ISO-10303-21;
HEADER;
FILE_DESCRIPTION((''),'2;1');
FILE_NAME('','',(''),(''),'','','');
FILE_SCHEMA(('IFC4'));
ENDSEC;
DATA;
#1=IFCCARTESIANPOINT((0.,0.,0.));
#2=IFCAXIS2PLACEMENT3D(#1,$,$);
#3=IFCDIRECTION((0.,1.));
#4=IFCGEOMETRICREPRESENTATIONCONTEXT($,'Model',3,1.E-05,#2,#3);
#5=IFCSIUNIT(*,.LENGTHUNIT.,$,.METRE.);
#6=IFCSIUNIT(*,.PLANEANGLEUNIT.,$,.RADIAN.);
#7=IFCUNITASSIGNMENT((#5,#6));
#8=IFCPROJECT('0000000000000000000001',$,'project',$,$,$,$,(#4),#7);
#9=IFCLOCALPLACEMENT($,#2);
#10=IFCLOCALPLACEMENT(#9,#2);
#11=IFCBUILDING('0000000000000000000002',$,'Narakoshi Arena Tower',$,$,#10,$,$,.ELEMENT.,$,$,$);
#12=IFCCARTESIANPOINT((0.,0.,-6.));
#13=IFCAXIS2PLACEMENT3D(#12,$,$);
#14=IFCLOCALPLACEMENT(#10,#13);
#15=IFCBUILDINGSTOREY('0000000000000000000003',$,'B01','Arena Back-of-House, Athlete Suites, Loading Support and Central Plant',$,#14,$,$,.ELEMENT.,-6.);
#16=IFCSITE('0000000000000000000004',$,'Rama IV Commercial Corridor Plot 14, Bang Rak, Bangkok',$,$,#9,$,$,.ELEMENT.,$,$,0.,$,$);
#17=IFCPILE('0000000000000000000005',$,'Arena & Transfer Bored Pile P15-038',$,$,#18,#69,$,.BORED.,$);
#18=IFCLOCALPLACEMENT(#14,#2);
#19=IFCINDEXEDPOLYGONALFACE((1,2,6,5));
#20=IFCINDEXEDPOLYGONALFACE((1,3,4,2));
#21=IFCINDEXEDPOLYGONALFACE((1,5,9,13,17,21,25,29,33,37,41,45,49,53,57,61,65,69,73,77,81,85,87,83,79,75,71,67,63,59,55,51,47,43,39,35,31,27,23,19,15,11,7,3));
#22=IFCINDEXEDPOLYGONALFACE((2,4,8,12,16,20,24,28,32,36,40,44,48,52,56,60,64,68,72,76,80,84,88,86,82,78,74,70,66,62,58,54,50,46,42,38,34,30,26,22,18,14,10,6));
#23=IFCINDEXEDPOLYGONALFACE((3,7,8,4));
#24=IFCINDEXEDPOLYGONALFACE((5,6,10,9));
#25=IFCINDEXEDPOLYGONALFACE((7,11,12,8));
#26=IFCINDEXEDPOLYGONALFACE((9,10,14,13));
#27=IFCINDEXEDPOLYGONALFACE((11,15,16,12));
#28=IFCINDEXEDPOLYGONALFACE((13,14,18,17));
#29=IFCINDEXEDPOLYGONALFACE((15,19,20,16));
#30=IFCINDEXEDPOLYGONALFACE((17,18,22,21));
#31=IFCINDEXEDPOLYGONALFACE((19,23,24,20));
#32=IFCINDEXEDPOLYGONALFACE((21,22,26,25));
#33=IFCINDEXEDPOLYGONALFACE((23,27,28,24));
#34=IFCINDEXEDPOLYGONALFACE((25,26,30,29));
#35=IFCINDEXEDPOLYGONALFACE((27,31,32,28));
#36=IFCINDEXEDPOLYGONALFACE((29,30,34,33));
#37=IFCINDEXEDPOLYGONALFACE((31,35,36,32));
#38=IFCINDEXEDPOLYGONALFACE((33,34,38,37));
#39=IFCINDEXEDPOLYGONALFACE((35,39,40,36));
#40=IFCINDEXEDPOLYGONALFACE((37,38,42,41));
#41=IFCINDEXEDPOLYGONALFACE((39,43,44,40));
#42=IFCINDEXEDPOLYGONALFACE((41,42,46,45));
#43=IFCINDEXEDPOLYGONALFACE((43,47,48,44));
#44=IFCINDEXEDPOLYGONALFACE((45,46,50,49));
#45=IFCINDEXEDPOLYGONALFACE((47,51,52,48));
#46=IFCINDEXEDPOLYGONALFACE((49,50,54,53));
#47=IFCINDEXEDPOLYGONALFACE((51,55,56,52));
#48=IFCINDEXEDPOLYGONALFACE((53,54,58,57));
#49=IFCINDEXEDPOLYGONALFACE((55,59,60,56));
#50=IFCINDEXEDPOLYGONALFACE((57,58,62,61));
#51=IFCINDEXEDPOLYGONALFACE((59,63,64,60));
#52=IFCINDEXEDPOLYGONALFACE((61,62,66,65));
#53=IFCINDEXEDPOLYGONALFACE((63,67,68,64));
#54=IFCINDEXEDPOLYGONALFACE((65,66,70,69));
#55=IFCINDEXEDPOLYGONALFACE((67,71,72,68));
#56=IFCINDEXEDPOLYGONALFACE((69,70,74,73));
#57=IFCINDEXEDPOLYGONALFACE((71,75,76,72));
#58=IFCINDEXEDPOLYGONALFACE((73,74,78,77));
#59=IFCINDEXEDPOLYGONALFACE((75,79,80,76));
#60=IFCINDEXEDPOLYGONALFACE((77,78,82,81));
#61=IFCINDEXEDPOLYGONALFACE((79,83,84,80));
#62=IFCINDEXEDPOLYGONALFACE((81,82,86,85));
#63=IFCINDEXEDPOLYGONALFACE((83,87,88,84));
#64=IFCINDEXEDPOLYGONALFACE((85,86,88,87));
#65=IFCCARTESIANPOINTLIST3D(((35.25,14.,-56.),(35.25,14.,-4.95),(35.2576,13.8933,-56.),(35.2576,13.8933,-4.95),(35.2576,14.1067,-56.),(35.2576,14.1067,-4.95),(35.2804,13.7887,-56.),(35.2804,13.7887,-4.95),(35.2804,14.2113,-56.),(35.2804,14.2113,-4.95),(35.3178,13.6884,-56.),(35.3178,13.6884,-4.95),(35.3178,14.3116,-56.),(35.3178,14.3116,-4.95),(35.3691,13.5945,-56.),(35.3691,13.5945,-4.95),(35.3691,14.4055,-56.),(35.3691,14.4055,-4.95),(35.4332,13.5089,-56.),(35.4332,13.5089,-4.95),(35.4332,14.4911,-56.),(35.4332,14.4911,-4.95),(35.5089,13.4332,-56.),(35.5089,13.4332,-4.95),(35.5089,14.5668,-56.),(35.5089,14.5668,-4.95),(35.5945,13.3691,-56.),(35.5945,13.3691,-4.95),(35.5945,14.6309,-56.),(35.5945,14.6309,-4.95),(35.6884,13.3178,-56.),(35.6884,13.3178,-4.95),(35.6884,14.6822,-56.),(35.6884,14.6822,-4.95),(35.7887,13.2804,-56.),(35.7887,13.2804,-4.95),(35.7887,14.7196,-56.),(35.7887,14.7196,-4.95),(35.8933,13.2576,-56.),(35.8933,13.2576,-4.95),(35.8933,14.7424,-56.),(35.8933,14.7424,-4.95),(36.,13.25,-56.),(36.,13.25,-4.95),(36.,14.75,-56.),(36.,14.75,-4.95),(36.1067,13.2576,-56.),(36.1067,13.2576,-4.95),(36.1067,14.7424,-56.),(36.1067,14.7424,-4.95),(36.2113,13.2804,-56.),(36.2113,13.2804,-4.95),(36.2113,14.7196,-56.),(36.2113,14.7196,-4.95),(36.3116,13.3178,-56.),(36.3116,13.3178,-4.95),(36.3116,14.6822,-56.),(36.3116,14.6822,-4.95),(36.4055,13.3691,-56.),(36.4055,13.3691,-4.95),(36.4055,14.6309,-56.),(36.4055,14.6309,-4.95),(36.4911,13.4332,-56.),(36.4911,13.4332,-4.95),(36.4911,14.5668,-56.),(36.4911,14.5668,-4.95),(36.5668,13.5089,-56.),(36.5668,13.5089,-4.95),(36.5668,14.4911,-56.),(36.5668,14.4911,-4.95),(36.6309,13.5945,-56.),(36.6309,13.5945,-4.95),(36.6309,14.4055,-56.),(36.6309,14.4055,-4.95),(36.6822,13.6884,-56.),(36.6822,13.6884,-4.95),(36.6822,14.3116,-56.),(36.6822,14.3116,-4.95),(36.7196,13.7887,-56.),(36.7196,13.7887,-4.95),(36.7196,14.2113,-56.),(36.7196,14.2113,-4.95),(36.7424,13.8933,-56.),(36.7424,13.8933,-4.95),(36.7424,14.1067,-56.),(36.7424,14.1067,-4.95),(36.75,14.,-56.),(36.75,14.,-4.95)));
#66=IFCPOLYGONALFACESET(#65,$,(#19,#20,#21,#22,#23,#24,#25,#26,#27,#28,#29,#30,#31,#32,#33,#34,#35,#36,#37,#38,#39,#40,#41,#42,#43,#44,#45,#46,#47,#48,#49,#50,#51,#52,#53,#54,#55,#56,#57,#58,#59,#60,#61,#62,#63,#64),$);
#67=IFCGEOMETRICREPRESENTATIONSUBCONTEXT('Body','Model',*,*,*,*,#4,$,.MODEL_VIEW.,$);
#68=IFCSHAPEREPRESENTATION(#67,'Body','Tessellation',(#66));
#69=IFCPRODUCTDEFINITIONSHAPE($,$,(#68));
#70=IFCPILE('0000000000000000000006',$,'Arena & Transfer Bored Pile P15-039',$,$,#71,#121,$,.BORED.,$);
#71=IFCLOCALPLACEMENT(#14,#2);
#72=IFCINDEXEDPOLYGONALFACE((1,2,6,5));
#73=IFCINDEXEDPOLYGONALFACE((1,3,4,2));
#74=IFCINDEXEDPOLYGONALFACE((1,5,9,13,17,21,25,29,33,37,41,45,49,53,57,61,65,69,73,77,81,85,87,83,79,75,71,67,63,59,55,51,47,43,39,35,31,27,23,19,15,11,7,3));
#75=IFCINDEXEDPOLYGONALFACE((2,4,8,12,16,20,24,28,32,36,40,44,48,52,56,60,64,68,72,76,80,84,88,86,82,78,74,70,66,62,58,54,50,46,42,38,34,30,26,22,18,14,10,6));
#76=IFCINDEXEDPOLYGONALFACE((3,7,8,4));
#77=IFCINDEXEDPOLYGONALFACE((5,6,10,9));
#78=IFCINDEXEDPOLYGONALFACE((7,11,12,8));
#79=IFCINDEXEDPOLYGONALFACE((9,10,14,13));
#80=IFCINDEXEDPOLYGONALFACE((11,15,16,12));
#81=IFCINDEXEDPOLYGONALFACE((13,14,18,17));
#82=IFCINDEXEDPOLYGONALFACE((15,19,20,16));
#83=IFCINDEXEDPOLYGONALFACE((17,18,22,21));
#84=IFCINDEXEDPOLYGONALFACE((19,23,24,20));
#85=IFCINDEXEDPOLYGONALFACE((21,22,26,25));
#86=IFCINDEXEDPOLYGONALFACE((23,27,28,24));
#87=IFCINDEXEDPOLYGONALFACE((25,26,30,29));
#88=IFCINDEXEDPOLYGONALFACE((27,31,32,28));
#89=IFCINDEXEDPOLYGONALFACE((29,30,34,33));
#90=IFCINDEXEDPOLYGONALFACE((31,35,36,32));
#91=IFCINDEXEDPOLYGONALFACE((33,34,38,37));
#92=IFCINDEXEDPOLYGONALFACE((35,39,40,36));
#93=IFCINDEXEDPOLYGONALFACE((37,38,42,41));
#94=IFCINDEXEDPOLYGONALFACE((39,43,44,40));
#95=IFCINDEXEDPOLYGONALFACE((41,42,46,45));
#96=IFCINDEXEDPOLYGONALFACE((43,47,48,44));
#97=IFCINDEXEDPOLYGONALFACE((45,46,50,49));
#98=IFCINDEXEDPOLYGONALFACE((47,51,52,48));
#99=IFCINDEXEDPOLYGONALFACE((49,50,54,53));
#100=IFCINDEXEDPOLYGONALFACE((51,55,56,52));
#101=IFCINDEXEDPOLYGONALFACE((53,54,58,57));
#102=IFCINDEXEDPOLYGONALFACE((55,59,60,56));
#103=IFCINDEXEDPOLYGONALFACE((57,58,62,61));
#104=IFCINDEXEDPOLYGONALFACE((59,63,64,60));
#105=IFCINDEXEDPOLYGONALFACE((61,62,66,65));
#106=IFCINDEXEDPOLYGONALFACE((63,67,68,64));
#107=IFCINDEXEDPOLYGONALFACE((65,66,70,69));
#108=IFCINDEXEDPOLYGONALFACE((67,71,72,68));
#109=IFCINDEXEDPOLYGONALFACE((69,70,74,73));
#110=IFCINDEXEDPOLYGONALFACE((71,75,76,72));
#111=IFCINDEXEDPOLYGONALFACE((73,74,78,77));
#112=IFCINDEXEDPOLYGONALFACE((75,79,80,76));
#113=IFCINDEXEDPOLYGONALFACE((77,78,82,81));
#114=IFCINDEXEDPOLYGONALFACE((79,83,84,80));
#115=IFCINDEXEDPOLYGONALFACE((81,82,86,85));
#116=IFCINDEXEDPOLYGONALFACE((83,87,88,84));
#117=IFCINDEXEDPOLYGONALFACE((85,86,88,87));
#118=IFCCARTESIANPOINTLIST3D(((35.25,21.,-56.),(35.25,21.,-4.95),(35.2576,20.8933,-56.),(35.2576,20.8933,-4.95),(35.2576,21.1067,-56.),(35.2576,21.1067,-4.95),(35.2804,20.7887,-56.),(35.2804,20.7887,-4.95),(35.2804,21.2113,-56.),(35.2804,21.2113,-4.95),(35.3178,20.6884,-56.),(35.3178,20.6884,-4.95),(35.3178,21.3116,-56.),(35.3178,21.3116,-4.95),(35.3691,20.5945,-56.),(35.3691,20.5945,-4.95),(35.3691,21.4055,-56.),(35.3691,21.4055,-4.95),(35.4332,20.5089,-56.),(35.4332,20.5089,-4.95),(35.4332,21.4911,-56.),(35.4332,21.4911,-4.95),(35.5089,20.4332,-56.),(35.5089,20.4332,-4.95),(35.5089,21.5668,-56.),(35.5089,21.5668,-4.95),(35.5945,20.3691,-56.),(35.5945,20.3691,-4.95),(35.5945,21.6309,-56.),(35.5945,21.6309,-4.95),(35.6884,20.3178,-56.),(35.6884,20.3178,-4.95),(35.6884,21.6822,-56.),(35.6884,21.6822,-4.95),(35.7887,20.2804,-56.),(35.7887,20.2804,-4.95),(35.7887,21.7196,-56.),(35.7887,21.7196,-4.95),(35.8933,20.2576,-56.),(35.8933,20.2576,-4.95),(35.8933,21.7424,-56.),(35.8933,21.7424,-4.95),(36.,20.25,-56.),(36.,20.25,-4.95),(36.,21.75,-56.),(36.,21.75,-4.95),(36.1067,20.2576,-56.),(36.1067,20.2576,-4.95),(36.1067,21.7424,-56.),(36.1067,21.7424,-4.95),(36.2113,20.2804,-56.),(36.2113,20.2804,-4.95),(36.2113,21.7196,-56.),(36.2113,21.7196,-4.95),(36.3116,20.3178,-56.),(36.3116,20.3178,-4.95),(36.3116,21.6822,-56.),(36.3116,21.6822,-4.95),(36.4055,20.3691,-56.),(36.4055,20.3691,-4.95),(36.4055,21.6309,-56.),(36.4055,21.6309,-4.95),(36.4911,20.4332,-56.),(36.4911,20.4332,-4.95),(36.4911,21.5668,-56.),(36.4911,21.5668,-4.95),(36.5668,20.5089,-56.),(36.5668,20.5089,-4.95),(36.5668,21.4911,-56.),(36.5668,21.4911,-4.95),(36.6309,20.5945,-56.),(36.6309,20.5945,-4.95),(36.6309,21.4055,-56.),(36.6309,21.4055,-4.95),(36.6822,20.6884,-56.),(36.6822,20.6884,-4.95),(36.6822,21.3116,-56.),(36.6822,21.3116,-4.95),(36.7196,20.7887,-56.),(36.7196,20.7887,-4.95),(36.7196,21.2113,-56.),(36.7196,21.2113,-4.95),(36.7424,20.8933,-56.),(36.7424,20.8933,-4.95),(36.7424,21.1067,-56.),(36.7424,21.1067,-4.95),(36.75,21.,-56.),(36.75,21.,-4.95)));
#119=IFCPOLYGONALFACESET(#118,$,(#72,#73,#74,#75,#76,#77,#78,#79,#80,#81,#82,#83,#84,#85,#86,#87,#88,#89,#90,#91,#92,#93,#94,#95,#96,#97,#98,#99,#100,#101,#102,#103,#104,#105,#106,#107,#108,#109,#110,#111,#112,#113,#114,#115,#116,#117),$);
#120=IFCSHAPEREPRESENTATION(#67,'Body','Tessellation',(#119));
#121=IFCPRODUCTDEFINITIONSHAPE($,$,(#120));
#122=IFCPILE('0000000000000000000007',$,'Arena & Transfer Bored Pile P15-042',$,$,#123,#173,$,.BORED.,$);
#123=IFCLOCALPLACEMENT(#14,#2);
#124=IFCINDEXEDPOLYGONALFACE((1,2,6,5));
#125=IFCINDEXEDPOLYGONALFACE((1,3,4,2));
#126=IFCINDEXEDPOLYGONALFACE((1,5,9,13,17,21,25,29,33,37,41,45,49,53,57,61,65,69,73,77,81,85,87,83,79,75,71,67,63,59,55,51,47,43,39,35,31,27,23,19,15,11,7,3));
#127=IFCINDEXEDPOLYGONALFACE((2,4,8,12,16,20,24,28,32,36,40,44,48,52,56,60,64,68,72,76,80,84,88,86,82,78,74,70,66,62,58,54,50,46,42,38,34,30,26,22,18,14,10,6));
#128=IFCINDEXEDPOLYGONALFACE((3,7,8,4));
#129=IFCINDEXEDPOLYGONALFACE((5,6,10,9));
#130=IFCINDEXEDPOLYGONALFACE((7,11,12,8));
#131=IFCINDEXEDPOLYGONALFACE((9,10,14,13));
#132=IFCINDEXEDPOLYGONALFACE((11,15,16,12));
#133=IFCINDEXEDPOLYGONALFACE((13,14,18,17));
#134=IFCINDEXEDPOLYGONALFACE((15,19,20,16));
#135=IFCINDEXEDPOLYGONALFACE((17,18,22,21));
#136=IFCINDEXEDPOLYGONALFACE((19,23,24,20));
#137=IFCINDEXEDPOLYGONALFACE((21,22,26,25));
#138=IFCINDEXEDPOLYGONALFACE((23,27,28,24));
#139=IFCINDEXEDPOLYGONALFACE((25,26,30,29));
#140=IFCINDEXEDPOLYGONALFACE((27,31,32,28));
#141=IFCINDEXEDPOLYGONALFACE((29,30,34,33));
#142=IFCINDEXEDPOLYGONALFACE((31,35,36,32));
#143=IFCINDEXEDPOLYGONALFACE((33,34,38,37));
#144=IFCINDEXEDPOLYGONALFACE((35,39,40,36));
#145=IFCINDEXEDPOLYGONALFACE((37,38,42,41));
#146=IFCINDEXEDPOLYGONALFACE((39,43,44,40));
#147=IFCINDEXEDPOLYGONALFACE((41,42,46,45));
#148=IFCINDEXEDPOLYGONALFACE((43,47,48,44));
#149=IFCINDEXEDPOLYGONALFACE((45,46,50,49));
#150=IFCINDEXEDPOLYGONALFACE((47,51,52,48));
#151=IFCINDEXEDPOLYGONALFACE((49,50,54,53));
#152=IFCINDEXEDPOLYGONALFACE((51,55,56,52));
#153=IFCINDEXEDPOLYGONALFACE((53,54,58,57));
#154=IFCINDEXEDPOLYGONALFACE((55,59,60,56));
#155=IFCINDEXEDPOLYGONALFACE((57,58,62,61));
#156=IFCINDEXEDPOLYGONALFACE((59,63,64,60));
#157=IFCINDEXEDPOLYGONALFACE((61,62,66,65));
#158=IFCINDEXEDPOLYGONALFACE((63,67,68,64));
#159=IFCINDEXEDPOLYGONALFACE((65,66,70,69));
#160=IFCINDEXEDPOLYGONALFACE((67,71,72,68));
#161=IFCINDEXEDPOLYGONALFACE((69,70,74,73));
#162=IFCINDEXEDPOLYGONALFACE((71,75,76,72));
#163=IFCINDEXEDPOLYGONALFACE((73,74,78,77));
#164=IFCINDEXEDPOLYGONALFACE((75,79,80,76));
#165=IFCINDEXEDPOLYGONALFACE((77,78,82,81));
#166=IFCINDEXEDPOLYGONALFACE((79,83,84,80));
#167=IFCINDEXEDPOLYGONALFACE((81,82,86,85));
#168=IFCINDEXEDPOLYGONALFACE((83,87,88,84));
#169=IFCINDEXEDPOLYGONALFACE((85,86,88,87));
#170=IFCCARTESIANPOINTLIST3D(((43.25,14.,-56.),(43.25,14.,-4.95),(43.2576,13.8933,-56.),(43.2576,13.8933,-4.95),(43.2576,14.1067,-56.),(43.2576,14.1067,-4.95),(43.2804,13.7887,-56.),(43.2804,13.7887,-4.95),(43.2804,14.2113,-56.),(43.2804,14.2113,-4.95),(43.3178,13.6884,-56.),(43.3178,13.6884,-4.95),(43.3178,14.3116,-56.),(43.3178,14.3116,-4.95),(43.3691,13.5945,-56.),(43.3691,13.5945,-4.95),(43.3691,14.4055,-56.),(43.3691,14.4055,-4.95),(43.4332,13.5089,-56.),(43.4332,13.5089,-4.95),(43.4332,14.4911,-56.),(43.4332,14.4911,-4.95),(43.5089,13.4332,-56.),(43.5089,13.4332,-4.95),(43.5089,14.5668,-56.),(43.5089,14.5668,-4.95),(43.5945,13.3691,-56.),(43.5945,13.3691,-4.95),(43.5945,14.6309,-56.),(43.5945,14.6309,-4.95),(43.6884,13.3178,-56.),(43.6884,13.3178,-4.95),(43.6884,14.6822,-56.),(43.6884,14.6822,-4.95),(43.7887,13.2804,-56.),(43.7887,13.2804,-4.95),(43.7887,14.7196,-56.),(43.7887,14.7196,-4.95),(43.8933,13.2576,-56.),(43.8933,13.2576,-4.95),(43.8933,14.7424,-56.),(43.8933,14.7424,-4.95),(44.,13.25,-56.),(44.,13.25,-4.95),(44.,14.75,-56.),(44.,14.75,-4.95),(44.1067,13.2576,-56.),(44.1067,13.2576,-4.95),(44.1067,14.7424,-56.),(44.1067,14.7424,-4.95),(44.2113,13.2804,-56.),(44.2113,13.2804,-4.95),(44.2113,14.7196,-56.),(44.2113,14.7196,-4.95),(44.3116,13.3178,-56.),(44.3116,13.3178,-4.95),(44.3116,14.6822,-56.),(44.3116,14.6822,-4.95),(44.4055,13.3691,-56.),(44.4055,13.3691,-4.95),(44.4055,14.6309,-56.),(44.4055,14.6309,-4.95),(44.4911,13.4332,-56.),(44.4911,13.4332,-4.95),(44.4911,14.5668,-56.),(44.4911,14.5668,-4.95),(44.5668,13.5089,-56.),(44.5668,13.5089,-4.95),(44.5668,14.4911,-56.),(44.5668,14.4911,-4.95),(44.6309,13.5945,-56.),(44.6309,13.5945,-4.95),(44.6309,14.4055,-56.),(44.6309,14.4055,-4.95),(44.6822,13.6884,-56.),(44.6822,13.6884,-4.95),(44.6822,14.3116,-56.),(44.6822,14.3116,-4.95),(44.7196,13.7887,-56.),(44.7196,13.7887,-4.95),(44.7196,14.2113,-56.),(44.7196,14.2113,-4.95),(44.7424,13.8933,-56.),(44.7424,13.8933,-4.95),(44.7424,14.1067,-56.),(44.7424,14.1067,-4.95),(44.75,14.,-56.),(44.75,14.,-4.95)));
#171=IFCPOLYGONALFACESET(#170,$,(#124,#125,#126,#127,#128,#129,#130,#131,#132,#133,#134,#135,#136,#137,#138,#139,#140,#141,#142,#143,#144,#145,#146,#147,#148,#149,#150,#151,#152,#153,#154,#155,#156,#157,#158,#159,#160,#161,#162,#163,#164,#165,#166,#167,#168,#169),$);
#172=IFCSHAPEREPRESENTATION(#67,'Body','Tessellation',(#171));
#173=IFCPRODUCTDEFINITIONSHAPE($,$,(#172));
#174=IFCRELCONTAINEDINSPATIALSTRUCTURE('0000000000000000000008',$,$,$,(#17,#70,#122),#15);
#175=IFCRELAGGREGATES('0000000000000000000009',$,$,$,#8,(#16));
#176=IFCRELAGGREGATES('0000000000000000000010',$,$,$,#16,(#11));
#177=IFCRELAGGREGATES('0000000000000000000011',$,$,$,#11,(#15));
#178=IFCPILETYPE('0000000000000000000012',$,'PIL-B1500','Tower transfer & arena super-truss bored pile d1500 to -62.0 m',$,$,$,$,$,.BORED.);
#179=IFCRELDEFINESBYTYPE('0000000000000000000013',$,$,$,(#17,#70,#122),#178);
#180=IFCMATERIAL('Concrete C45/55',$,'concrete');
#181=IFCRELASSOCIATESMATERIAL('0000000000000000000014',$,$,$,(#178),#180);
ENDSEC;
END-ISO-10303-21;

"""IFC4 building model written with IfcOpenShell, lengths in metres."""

from ifc_helpers import new_model, si_unit, direction, frame, origin, origin_2d, place, context, subcontext, project, spatial, circle, extrude, material, material_profile, profile_set, type_object, element, save


model = new_model("IFC4")

# Units and contexts
model_context = context("Model", 3, precision=1e-05, world=origin(), true_north=direction((0.0, 1.0)))
body_context = subcontext(model_context, "Body", "Model", "MODEL_VIEW")
ifc_project = project(units=[si_unit("LENGTHUNIT", "METRE"), si_unit("PLANEANGLEUNIT", "RADIAN")], contexts=[model_context])

# Site, building, storey
site_placement = place(None, origin())
site = spatial("IfcSite", under=ifc_project, at=site_placement, Name="Rama IV Commercial Corridor Plot 14, Bang Rak, Bangkok", CompositionType="ELEMENT", RefElevation=0.0)
building_placement = place(site_placement, origin())
building = spatial("IfcBuilding", under=site, at=building_placement, Name="Narakoshi Arena Tower", CompositionType="ELEMENT")
storey_placement = place(building_placement, frame((0.0, 0.0, -6.0)))
storey = spatial("IfcBuildingStorey", under=building, at=storey_placement, Name="B01", Description="Arena Back-of-House, Athlete Suites, Loading Support and Central Plant", CompositionType="ELEMENT", Elevation=-6.0)

# Piles
ifc_material_1 = material(Name="Concrete C45/55", Category="concrete")
ifc_material_profile_1 = material_profile(ifc_material_1, circle(Radius=0.75, at=origin_2d()), Name="PILE-D1500")
ifc_profile_set_1 = profile_set([ifc_material_profile_1], Name="Concrete C45/55")
pile_type_1 = type_object("IfcPileType", Name="PIL-B1500", Description="Tower transfer & arena super-truss bored pile d1500 to -62.0 m", PredefinedType="BORED", material=ifc_profile_set_1)
for number, where, z_axis, x_axis, name in (
    (1, (36.0, 14.0, -4.95), (0.0, 0.0, -1.0), (1.0, 0.0, 0.0), "Arena & Transfer Bored Pile P15-038"),
    (2, (36.0, 21.0, -4.95), (0.0, 0.0, -1.0), (1.0, 0.0, 0.0), "Arena & Transfer Bored Pile P15-039"),
    (3, (44.0, 14.0, -4.95), (0.0, 0.0, -1.0), (1.0, 0.0, 0.0), "Arena & Transfer Bored Pile P15-042"),
):
    element("IfcPile", number, at=place(storey_placement, frame(where, z_axis=z_axis, x_axis=x_axis)), inside=storey, type_object=pile_type_1, Name=name, PredefinedType="BORED", context=body_context, shape_type="SweptSolid", body=[
        extrude(circle(Radius=0.75, at=origin_2d()), origin(), (0.0, 0.0, 1.0), 51.05),
    ])

save(model, "model.ifc")
